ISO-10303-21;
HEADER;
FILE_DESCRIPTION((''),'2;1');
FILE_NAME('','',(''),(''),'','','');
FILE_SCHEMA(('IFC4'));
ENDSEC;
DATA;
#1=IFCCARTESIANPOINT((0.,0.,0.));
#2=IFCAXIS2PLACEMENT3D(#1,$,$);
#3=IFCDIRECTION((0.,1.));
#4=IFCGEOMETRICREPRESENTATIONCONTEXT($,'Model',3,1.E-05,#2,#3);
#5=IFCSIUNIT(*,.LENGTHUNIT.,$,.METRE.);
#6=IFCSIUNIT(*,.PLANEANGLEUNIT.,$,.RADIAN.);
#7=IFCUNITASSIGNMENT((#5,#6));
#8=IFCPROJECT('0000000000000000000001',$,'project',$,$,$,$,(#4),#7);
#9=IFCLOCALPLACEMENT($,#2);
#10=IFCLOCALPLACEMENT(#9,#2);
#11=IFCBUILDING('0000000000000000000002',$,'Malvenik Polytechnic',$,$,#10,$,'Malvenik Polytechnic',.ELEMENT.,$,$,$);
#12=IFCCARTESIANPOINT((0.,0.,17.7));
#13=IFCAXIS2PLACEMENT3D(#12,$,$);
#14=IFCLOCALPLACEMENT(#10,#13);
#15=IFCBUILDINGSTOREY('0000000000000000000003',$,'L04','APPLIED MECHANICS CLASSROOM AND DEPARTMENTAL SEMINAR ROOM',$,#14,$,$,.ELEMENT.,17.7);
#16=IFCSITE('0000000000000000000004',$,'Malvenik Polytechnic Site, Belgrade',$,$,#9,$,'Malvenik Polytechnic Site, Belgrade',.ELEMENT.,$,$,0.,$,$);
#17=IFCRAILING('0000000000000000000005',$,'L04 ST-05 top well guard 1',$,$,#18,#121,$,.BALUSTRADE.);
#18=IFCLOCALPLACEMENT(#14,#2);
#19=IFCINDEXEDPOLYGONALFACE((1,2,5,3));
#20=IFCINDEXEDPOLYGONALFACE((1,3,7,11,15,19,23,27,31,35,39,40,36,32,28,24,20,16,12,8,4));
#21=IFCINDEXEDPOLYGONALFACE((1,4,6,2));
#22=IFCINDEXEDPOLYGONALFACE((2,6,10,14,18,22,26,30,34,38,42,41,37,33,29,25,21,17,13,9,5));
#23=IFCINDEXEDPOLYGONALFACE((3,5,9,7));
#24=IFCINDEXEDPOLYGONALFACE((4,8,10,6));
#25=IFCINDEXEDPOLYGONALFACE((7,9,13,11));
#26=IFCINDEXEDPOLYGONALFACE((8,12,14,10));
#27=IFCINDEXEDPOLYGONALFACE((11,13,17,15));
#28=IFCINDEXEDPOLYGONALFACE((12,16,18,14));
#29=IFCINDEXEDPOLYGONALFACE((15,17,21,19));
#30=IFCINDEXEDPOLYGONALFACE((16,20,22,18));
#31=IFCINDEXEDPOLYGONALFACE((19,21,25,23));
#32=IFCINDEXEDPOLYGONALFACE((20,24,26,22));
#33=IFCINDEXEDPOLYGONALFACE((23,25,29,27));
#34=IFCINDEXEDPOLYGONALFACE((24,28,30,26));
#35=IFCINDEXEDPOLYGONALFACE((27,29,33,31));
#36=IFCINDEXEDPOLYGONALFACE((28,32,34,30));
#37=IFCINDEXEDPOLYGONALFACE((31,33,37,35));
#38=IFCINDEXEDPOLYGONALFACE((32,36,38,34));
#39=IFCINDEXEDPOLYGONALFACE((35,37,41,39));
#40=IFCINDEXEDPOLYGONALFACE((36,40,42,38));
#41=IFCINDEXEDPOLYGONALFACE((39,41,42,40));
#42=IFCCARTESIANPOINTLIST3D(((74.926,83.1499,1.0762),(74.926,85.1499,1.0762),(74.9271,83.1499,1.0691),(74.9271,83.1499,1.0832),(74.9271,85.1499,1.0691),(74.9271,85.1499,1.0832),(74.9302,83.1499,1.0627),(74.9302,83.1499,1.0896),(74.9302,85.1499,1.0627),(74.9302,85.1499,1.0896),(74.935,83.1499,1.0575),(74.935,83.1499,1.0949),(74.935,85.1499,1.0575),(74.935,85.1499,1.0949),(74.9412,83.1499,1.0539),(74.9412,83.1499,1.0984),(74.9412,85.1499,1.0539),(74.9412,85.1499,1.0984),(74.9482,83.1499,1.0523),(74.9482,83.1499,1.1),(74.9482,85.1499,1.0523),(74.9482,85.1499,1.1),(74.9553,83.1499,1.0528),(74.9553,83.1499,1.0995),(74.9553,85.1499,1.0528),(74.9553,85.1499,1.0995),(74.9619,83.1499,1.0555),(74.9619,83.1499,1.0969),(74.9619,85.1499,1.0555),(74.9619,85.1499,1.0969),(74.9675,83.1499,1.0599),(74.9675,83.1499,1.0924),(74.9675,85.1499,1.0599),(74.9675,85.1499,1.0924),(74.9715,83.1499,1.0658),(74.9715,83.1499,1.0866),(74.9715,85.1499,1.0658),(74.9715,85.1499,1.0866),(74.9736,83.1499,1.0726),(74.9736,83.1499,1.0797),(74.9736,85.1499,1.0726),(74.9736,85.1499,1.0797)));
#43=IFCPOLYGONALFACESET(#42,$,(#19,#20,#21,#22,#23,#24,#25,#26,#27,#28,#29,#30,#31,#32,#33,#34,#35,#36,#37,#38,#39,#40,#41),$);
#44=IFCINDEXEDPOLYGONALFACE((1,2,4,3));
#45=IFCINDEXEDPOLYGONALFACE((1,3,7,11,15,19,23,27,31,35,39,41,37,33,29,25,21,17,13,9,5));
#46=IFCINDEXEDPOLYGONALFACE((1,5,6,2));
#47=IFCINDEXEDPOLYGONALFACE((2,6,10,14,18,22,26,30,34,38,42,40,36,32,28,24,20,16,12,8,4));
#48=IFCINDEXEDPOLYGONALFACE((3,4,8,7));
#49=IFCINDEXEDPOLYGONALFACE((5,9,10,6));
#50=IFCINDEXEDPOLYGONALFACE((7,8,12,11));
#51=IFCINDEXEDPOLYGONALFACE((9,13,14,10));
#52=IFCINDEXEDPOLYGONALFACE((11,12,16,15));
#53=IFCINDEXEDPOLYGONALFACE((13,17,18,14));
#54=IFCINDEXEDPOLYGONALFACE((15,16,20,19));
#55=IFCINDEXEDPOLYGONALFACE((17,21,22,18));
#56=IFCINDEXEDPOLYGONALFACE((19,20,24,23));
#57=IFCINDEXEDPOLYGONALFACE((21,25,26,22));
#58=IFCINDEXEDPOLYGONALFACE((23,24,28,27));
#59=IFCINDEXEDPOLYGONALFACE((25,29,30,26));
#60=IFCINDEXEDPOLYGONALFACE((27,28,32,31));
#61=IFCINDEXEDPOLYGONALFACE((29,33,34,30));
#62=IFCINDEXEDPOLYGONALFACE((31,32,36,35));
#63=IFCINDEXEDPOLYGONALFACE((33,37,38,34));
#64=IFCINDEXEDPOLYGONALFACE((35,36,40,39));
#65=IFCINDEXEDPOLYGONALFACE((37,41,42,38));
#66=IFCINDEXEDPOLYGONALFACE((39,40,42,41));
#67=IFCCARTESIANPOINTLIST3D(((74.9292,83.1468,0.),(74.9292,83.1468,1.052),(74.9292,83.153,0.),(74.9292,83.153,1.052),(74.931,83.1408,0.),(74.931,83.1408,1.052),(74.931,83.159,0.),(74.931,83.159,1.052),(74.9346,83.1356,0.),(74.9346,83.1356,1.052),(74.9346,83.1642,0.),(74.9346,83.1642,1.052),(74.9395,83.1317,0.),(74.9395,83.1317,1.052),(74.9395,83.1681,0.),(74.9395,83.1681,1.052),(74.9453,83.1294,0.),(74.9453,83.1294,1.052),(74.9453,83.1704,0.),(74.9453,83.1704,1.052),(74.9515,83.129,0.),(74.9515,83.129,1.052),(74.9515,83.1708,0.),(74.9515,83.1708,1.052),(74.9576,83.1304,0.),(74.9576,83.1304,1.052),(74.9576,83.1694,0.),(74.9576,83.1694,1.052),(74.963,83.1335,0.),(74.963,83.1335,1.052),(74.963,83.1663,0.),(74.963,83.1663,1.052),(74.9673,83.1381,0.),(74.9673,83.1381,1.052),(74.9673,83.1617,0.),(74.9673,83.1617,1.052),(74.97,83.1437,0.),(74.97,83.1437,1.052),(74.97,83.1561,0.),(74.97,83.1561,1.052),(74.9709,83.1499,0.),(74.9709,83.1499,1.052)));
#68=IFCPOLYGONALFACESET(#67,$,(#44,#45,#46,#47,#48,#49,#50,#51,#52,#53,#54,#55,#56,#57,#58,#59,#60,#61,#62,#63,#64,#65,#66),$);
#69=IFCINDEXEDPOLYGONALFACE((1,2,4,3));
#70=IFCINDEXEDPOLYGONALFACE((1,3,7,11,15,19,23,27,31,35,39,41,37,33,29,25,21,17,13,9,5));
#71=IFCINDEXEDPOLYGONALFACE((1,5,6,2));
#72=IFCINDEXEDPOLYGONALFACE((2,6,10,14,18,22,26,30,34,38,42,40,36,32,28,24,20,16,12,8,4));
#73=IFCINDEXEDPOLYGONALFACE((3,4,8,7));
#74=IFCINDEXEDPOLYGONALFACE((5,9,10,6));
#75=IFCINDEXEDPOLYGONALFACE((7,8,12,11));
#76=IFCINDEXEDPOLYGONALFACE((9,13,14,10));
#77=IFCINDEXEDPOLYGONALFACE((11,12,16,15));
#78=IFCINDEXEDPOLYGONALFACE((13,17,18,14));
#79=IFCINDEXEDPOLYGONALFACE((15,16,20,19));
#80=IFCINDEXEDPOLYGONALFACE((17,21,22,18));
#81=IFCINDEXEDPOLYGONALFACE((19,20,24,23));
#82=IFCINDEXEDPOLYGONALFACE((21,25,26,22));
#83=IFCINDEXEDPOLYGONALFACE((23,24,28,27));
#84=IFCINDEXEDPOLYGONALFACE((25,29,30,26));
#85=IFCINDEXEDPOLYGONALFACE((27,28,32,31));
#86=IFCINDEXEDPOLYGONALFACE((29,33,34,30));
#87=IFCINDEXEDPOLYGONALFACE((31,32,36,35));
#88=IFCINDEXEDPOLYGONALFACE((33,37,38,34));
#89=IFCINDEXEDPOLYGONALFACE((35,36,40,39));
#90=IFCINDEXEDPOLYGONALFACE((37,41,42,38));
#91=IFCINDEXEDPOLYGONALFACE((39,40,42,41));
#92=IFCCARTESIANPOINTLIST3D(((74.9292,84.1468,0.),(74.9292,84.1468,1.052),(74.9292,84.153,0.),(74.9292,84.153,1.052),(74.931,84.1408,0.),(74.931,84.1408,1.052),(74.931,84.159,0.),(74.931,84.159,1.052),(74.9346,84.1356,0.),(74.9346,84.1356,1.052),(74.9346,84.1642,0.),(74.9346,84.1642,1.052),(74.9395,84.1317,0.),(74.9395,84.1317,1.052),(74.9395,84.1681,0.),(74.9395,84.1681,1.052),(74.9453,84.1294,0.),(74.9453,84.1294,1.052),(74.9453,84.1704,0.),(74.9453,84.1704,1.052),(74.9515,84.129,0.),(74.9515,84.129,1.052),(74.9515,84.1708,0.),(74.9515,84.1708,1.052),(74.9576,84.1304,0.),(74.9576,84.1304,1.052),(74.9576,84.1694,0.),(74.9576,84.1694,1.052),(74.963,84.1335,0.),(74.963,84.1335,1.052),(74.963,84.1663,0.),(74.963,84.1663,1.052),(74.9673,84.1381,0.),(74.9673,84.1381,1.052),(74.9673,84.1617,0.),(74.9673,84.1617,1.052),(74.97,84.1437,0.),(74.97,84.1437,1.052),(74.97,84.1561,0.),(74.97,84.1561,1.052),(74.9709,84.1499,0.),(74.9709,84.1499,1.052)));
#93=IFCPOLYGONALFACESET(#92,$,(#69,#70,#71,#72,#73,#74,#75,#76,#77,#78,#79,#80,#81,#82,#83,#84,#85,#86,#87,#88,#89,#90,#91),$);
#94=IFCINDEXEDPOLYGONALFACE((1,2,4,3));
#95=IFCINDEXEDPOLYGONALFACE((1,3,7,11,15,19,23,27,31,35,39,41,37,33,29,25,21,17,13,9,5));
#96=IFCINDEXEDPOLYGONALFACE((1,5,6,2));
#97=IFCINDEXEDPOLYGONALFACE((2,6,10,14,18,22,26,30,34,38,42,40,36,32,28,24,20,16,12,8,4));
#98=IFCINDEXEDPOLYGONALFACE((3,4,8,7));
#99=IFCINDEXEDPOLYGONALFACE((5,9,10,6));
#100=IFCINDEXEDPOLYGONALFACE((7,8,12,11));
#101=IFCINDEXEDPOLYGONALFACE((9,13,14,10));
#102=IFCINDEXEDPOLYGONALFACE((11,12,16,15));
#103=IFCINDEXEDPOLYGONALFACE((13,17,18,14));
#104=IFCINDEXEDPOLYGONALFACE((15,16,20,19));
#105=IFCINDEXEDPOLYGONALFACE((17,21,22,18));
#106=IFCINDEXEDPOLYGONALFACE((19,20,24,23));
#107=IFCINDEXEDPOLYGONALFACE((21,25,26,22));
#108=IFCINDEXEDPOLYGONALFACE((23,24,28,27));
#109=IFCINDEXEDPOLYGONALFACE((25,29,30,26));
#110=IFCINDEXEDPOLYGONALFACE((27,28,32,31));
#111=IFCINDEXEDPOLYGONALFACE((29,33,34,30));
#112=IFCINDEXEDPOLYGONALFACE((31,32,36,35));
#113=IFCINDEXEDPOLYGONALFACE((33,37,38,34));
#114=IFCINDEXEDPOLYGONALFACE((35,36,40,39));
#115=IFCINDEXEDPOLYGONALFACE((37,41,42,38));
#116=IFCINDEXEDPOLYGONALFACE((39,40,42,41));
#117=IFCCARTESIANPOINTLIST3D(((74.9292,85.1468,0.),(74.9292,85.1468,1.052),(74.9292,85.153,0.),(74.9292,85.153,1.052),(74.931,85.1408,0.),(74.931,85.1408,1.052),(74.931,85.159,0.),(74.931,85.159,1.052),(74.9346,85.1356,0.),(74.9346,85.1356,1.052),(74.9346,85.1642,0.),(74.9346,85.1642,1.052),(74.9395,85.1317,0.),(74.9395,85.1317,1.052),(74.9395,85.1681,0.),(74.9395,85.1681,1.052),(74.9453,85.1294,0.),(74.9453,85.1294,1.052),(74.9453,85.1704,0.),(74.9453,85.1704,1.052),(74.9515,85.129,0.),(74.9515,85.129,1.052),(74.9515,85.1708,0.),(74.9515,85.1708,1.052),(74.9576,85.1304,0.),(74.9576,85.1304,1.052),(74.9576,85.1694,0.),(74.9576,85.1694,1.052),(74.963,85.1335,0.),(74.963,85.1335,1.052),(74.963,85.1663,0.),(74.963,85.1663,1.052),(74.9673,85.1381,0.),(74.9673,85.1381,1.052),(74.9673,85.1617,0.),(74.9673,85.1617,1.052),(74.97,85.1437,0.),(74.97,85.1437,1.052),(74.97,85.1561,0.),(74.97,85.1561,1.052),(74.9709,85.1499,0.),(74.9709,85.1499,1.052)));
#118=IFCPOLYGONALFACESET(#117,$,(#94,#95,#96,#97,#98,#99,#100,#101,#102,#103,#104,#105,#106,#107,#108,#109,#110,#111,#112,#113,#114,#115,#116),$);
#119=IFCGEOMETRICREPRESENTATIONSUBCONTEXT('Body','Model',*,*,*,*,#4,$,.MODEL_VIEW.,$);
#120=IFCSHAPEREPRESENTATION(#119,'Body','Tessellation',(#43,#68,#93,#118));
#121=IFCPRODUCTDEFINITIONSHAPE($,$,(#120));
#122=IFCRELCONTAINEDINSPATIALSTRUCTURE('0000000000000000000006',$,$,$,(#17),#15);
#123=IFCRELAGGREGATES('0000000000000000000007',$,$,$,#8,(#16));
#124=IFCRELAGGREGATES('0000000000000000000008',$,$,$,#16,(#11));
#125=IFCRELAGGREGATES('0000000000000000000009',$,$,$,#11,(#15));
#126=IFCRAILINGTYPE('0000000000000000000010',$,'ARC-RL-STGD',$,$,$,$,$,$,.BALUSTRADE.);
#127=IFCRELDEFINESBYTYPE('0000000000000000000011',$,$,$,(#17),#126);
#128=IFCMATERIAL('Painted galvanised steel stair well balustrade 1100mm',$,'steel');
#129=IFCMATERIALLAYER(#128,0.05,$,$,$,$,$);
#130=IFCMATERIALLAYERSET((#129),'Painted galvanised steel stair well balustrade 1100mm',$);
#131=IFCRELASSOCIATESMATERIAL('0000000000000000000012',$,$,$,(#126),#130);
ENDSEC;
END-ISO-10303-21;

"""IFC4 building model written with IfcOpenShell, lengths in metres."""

from ifc_helpers import new_model, si_unit, direction, frame, origin, origin_2d, place, context, subcontext, project, spatial, circle, extrude, material, layer, layer_set, type_object, element, save


model = new_model("IFC4")

# Units and contexts
model_context = context("Model", 3, precision=1e-05, world=origin(), true_north=direction((0.0, 1.0)))
body_context = subcontext(model_context, "Body", "Model", "MODEL_VIEW")
ifc_project = project(units=[si_unit("LENGTHUNIT", "METRE"), si_unit("PLANEANGLEUNIT", "RADIAN")], contexts=[model_context])

# Site, building, storey
site_placement = place(None, origin())
site = spatial("IfcSite", under=ifc_project, at=site_placement, Name="Malvenik Polytechnic Site, Belgrade", LongName="Malvenik Polytechnic Site, Belgrade", CompositionType="ELEMENT", RefElevation=0.0)
building_placement = place(site_placement, origin())
building = spatial("IfcBuilding", under=site, at=building_placement, Name="Malvenik Polytechnic", LongName="Malvenik Polytechnic", CompositionType="ELEMENT")
storey_placement = place(building_placement, frame((0.0, 0.0, 17.7)))
storey = spatial("IfcBuildingStorey", under=building, at=storey_placement, Name="L04", Description="APPLIED MECHANICS CLASSROOM AND DEPARTMENTAL SEMINAR ROOM", CompositionType="ELEMENT", Elevation=17.7)

# Railing
ifc_material_1 = material(Name="Painted galvanised steel stair well balustrade 1100mm", Category="steel")
ifc_layer_1 = layer(ifc_material_1, 0.05)
ifc_layer_set_1 = layer_set([ifc_layer_1], Name="Painted galvanised steel stair well balustrade 1100mm")
railing_type_1 = type_object("IfcRailingType", Name="ARC-RL-STGD", PredefinedType="BALUSTRADE", material=ifc_layer_set_1)
railing_1_placement = place(storey_placement, frame((74.95, 83.1499, 0.0)))
element("IfcRailing", 1, at=railing_1_placement, inside=storey, type_object=railing_type_1, Name="L04 ST-05 top well guard 1", PredefinedType="BALUSTRADE", context=body_context, shape_type="SweptSolid", body=[
    extrude(circle(Radius=0.0239, at=origin_2d()), frame((0.0, 0.0, 1.0762), z_axis=(0.0, 1.0, 0.0), x_axis=(-1.0, 0.0, 0.0)), (0.0, 0.0, 1.0), 2.0),
    extrude(circle(Radius=0.021, at=origin_2d()), origin(), (0.0, 0.0, 1.0), 1.052),
    extrude(circle(Radius=0.021, at=origin_2d()), frame((0.0, 1.0, 0.0)), (0.0, 0.0, 1.0), 1.052),
    extrude(circle(Radius=0.021, at=origin_2d()), frame((0.0, 2.0, 0.0)), (0.0, 0.0, 1.0), 1.052),
])

save(model, "model.ifc")
